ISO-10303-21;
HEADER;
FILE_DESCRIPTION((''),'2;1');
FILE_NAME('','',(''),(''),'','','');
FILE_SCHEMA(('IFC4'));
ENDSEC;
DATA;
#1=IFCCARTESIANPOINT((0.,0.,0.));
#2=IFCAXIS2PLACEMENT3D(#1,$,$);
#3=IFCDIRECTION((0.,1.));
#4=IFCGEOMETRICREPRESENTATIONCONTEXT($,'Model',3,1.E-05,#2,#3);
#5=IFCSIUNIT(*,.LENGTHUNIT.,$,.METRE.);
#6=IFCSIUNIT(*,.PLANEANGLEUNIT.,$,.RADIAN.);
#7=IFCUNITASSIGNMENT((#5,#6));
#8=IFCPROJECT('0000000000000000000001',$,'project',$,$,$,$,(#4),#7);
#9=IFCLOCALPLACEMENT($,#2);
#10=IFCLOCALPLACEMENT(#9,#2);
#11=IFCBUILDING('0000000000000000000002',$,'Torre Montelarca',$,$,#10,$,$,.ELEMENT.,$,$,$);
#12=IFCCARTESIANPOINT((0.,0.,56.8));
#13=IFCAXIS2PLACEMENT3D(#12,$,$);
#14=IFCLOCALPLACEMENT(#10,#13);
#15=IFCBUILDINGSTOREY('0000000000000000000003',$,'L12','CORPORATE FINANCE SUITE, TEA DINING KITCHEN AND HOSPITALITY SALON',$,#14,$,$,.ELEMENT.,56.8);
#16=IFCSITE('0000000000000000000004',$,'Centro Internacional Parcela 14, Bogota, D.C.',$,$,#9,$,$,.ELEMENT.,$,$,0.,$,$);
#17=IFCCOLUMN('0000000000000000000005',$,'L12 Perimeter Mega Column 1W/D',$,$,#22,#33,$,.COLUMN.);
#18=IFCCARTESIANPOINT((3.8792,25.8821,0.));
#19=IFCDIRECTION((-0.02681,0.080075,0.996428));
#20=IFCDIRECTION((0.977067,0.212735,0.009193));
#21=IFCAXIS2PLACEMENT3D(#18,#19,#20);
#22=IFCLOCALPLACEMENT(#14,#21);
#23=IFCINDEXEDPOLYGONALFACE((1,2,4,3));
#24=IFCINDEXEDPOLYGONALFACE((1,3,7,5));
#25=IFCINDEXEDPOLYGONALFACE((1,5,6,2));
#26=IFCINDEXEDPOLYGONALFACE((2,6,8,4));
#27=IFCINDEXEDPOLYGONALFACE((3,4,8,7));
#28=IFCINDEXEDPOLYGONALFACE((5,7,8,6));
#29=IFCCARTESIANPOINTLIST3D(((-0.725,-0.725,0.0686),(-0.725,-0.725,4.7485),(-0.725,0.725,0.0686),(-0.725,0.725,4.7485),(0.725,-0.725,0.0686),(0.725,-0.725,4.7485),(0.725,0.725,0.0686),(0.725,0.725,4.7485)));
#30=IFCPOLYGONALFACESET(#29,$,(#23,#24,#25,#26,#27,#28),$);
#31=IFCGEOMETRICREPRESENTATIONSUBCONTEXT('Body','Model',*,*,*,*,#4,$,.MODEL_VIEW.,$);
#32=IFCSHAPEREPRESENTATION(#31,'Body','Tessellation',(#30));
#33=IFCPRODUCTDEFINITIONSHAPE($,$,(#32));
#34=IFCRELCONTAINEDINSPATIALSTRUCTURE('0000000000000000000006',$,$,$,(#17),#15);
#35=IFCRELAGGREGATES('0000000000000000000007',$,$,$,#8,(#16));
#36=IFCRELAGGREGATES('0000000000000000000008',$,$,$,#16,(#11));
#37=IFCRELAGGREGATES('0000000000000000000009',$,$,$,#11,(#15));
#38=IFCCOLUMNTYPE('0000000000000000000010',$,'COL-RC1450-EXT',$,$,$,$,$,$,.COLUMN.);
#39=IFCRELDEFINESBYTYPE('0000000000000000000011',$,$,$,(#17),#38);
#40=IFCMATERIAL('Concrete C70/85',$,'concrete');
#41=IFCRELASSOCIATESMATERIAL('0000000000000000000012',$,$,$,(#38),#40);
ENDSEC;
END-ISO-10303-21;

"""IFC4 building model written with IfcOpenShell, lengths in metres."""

from ifc_helpers import new_model, si_unit, direction, frame, origin, origin_2d, place, context, subcontext, project, spatial, rectangle, extrude, clip, halfspace, material, material_profile, profile_set, type_object, element, save


model = new_model("IFC4")

# Units and contexts
model_context = context("Model", 3, precision=1e-05, world=origin(), true_north=direction((0.0, 1.0)))
body_context = subcontext(model_context, "Body", "Model", "MODEL_VIEW")
ifc_project = project(units=[si_unit("LENGTHUNIT", "METRE"), si_unit("PLANEANGLEUNIT", "RADIAN")], contexts=[model_context])

# Site, building, storey
site_placement = place(None, origin())
site = spatial("IfcSite", under=ifc_project, at=site_placement, Name="Centro Internacional Parcela 14, Bogota, D.C.", CompositionType="ELEMENT", RefElevation=0.0)
building_placement = place(site_placement, origin())
building = spatial("IfcBuilding", under=site, at=building_placement, Name="Torre Montelarca", CompositionType="ELEMENT")
storey_placement = place(building_placement, frame((0.0, 0.0, 56.8)))
storey = spatial("IfcBuildingStorey", under=building, at=storey_placement, Name="L12", Description="CORPORATE FINANCE SUITE, TEA DINING KITCHEN AND HOSPITALITY SALON", CompositionType="ELEMENT", Elevation=56.8)

# Column
ifc_material_1 = material(Name="Concrete C70/85", Category="concrete")
ifc_material_profile_1 = material_profile(ifc_material_1, rectangle(XDim=1.45, YDim=1.45, at=origin_2d()), Name="RC1450X1450", Category="concrete")
ifc_profile_set_1 = profile_set([ifc_material_profile_1], Name="Concrete C70/85")
column_type = type_object("IfcColumnType", Name="COL-RC1450-EXT", PredefinedType="COLUMN", material=ifc_profile_set_1)
column_placement = place(storey_placement, frame((3.8792, 25.8821, 0.0), z_axis=(-0.02681, 0.080075, 0.996428), x_axis=(0.977067, 0.212735, 0.009193)))
element("IfcColumn", 1, at=column_placement, inside=storey, type_object=column_type, Name="L12 Perimeter Mega Column 1W/D", PredefinedType="COLUMN", context=body_context, shape_type="Clipping", body=[
    clip(clip(extrude(rectangle(XDim=1.45, YDim=1.45, at=origin_2d()), origin(), (0.0, 0.0, 1.0), 4.8171), halfspace(frame((0.0, 0.0, 0.0686), z_axis=(0.0, 0.0, -1.0), x_axis=(1.0, 0.0, 0.0)), False)), halfspace(frame((0.0, 0.0, 4.7485), z_axis=(0.0, 0.0, 1.0), x_axis=(1.0, 0.0, 0.0)), False)),
])

save(model, "model.ifc")
